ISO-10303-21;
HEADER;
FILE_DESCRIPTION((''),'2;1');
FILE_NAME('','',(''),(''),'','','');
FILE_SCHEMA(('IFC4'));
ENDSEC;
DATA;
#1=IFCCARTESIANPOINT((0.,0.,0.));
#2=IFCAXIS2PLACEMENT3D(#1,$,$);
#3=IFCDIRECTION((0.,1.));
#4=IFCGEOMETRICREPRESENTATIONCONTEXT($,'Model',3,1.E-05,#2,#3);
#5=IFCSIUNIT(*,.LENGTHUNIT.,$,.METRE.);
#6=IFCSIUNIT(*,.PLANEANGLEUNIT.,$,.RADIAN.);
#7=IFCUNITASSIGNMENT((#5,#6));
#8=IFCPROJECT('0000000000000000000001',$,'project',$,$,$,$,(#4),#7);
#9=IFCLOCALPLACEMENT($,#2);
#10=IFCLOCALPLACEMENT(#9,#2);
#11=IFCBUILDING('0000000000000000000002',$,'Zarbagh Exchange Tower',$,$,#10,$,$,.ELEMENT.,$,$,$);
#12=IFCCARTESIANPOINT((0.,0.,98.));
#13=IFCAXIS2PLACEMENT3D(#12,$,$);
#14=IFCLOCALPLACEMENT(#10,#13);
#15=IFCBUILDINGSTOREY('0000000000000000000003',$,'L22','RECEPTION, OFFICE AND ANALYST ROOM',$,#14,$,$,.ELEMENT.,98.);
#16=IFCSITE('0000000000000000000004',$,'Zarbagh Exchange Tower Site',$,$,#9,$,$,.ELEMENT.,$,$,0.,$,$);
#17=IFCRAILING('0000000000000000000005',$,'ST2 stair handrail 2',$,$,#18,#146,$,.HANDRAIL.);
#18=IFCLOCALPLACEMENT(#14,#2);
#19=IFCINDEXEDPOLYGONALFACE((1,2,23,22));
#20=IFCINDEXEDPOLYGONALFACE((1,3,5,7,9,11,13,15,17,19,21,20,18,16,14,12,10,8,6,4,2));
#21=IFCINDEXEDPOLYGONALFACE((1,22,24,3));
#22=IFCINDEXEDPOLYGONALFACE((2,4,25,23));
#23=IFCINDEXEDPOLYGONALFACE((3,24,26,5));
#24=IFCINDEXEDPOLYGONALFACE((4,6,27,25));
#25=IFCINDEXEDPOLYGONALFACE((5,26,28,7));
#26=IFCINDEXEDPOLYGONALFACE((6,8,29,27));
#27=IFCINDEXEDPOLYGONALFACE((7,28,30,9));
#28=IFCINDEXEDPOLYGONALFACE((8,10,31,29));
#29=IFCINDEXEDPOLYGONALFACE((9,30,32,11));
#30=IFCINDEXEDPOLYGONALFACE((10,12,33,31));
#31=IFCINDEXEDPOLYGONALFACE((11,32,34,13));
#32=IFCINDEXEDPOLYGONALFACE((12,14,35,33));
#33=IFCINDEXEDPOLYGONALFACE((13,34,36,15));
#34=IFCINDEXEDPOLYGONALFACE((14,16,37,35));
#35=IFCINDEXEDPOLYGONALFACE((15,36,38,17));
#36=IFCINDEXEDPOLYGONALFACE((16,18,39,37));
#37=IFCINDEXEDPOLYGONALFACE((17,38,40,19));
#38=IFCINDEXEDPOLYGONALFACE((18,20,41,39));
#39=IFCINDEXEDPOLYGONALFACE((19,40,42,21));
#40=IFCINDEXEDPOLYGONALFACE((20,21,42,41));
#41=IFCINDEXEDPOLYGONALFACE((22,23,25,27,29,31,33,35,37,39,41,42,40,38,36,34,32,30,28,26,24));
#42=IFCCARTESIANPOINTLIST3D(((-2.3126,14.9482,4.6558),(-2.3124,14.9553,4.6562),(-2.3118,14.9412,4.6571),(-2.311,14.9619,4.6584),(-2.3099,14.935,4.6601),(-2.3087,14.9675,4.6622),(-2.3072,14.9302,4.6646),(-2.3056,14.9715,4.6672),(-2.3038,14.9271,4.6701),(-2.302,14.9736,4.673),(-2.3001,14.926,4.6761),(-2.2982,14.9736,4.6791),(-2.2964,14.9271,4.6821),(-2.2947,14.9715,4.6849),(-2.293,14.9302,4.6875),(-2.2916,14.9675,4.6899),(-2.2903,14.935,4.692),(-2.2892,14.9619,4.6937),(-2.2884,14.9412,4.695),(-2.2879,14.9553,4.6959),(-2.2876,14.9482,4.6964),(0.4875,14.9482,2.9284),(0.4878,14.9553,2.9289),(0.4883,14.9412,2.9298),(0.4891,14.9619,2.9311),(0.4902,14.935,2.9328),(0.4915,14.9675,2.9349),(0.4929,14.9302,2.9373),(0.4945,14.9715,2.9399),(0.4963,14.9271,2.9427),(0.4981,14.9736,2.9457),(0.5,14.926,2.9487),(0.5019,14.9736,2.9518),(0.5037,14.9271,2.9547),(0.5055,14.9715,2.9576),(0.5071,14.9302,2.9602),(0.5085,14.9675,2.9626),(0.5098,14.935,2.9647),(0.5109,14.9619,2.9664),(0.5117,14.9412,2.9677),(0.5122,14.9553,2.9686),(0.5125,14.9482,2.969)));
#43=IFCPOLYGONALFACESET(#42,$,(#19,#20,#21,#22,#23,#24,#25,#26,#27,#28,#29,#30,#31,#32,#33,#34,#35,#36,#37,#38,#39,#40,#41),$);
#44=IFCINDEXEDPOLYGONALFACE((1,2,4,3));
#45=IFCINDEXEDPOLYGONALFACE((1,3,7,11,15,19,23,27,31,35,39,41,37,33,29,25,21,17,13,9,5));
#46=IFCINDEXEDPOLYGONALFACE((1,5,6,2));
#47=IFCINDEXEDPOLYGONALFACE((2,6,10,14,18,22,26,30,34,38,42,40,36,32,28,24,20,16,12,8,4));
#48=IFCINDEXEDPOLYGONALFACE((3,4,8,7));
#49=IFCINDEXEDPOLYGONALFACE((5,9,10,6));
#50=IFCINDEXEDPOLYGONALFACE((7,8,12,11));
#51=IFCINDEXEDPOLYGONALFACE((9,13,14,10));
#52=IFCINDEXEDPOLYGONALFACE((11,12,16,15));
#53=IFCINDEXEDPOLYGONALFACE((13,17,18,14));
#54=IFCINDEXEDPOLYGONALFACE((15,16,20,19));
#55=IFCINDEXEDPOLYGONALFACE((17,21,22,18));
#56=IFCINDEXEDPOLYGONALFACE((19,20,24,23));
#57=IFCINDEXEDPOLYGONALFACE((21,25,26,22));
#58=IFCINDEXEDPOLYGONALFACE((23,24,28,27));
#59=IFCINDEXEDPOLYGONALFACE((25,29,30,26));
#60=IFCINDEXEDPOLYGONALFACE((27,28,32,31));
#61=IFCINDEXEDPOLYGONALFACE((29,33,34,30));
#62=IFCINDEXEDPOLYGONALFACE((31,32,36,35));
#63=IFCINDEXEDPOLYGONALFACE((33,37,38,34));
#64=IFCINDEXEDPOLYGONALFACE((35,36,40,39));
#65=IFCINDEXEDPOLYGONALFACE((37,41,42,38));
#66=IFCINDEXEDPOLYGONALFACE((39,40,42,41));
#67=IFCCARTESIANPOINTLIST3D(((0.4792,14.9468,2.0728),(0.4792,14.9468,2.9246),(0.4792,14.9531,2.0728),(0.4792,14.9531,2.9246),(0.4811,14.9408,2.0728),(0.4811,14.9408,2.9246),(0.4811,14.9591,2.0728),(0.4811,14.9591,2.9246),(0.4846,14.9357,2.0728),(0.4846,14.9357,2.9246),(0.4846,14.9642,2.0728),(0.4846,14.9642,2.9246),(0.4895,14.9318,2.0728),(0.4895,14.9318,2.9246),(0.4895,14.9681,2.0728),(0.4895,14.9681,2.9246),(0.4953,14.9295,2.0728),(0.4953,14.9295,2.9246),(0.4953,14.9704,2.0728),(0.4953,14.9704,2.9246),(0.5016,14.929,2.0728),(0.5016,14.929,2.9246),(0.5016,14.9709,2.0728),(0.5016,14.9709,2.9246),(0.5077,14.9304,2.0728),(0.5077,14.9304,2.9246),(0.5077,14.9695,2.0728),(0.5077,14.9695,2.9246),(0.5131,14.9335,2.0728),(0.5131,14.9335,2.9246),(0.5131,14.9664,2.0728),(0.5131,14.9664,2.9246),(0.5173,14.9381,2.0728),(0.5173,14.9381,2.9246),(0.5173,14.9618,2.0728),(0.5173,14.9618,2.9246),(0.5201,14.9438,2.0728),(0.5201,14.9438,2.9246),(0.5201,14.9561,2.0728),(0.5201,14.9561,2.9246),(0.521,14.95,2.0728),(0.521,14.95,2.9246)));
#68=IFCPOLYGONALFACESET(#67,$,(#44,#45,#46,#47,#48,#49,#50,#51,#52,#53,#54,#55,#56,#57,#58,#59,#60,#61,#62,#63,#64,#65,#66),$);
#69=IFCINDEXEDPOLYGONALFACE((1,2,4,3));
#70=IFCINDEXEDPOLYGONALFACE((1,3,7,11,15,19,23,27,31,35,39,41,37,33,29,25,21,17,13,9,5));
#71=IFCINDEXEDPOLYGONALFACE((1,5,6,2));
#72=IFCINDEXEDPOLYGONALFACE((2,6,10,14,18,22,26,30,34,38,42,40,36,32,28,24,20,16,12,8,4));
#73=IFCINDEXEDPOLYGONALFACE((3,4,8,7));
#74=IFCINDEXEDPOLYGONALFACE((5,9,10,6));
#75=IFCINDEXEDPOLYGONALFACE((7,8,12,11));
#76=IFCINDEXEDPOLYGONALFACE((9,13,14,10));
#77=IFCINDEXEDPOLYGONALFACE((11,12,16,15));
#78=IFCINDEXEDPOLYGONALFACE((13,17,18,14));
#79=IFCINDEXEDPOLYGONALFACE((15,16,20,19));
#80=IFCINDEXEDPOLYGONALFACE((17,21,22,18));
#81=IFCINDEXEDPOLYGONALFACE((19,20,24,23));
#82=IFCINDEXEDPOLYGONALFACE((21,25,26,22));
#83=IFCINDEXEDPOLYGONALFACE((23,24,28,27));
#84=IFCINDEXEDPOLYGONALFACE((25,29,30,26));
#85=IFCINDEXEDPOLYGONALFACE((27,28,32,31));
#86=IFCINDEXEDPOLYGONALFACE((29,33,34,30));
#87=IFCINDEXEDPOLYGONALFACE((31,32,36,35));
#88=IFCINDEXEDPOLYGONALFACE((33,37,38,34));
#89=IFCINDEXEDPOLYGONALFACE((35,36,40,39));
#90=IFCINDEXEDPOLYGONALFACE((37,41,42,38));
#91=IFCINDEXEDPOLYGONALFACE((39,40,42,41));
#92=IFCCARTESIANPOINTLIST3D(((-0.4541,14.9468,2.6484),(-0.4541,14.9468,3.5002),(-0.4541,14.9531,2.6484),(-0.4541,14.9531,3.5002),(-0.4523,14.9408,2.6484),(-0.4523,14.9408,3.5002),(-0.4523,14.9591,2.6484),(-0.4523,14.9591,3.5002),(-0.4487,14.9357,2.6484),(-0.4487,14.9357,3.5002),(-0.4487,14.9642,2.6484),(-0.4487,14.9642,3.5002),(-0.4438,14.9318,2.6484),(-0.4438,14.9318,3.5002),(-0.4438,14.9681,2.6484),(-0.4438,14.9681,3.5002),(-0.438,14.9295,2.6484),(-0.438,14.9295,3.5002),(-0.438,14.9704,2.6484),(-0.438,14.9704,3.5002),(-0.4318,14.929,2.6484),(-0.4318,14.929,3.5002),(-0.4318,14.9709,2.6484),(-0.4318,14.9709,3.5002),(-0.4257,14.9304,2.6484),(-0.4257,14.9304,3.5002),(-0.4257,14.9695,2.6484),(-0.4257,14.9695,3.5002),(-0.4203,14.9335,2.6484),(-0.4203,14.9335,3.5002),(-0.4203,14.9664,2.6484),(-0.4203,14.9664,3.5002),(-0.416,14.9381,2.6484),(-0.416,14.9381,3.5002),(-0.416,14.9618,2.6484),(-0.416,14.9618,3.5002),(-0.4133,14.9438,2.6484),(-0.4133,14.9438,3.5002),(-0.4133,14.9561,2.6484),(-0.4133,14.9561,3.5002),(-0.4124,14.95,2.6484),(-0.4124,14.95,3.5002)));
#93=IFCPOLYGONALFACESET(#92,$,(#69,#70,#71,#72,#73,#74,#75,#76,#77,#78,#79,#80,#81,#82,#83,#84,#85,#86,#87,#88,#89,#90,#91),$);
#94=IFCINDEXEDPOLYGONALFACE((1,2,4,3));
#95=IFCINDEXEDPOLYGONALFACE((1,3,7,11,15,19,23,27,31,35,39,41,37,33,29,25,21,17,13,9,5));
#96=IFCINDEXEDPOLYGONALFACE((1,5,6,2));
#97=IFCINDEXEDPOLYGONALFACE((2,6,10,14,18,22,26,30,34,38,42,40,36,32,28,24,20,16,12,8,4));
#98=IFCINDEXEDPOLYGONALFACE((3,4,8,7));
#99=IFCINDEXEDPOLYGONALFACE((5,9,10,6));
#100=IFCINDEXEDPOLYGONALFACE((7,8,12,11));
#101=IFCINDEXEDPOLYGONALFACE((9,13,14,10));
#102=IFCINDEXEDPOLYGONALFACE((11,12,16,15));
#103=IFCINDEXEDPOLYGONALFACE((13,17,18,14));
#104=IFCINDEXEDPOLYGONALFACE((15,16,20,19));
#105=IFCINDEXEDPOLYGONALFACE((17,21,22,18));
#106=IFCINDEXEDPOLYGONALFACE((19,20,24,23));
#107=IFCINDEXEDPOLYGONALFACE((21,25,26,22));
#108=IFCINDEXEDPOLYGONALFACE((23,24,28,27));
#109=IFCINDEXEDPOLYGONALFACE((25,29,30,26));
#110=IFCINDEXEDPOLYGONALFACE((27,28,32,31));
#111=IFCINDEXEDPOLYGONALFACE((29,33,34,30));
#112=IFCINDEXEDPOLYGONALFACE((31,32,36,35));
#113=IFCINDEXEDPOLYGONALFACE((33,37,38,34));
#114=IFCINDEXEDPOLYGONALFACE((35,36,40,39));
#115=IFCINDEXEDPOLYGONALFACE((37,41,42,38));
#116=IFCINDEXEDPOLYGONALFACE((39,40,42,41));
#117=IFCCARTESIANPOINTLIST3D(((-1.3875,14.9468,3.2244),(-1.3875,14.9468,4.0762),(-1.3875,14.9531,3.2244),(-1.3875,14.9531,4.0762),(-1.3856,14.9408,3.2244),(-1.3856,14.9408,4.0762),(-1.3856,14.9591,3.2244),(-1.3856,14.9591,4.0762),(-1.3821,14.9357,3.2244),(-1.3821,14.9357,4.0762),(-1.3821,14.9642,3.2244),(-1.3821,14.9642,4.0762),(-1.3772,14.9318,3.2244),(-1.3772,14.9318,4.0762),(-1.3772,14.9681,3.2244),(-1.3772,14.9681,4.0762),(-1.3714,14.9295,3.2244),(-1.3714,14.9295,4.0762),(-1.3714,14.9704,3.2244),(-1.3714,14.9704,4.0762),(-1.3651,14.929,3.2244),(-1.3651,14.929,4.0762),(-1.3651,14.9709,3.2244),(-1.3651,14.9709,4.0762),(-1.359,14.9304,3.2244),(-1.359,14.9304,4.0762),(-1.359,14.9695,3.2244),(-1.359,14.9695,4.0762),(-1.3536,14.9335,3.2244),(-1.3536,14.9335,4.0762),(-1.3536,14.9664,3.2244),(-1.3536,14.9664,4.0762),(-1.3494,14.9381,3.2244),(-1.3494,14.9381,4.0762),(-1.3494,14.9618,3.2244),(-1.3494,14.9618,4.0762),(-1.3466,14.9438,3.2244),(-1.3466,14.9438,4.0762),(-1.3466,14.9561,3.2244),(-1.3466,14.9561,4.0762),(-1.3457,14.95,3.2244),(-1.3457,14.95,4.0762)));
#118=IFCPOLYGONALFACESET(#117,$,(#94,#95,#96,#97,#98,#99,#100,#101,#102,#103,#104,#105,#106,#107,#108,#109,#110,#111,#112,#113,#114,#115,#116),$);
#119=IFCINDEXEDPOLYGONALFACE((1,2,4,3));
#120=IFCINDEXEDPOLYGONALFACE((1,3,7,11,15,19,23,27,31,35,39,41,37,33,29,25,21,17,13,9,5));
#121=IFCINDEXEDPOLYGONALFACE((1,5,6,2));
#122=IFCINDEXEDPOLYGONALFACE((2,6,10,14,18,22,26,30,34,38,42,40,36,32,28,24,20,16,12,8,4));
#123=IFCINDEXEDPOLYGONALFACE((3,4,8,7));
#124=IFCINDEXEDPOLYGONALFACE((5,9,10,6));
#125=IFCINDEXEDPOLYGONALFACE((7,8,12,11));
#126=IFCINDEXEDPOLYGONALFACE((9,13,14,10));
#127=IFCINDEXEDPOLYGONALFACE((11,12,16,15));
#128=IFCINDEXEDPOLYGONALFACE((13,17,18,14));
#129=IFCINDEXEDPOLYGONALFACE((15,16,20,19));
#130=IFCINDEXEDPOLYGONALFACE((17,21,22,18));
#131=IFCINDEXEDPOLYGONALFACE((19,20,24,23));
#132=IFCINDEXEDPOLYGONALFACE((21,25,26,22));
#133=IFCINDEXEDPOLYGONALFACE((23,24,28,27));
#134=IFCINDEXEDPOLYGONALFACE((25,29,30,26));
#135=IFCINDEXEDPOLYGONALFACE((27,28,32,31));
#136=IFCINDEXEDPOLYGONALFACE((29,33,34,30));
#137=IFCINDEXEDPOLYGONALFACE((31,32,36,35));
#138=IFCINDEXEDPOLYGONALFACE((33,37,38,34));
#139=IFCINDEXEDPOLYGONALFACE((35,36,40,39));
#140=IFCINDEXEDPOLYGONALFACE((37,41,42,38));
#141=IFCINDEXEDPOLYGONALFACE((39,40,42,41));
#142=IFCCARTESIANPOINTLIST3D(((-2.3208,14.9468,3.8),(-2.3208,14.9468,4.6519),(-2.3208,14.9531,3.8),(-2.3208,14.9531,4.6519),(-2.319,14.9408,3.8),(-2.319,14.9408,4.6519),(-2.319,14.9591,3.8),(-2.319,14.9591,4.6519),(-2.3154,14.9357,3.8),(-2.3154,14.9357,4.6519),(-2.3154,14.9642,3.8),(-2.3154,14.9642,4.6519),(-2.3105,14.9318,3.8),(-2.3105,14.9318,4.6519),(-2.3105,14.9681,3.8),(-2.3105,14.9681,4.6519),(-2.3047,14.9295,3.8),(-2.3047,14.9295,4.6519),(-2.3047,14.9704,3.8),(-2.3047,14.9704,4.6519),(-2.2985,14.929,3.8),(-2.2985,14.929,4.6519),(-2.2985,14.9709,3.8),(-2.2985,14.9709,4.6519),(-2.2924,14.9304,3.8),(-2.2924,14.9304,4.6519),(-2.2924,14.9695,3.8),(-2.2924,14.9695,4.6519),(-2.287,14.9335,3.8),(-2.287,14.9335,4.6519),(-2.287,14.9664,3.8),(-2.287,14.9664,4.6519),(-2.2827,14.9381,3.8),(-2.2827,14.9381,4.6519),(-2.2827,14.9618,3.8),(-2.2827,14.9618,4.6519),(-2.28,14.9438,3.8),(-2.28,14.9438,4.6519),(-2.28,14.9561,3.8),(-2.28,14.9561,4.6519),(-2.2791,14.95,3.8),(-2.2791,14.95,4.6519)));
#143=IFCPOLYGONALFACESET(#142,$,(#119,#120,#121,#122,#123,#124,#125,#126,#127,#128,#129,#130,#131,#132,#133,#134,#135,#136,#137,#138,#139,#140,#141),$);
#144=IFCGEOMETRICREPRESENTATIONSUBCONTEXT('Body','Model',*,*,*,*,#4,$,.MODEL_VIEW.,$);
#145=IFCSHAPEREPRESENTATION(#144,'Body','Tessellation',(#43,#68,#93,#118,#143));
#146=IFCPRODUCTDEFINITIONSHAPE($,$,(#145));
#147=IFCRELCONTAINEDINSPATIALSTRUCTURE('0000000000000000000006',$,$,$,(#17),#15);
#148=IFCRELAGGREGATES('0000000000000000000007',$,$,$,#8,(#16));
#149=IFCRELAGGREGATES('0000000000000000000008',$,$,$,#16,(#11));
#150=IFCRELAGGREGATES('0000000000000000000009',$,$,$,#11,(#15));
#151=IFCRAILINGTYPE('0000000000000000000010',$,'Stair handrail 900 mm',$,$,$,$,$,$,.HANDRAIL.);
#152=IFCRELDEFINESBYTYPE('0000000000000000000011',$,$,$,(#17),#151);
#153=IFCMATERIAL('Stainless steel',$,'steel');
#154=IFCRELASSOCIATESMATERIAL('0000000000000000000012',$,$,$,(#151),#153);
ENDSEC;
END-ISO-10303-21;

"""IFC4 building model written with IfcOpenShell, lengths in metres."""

from ifc_helpers import new_model, si_unit, direction, frame, origin, origin_2d, place, context, subcontext, project, spatial, circle, extrude, material, type_object, element, save


model = new_model("IFC4")

# Units and contexts
model_context = context("Model", 3, precision=1e-05, world=origin(), true_north=direction((0.0, 1.0)))
body_context = subcontext(model_context, "Body", "Model", "MODEL_VIEW")
ifc_project = project(units=[si_unit("LENGTHUNIT", "METRE"), si_unit("PLANEANGLEUNIT", "RADIAN")], contexts=[model_context])

# Site, building, storey
site_placement = place(None, origin())
site = spatial("IfcSite", under=ifc_project, at=site_placement, Name="Zarbagh Exchange Tower Site", CompositionType="ELEMENT", RefElevation=0.0)
building_placement = place(site_placement, origin())
building = spatial("IfcBuilding", under=site, at=building_placement, Name="Zarbagh Exchange Tower", CompositionType="ELEMENT")
storey_placement = place(building_placement, frame((0.0, 0.0, 98.0)))
storey = spatial("IfcBuildingStorey", under=building, at=storey_placement, Name="L22", Description="RECEPTION, OFFICE AND ANALYST ROOM", CompositionType="ELEMENT", Elevation=98.0)

# Shared definitions
ifc_material_1 = material(Name="Stainless steel", Category="steel")

# Railing
railing_type = type_object("IfcRailingType", Name="Stair handrail 900 mm", PredefinedType="HANDRAIL", material=ifc_material_1)
for number, where, name in (
    (1, (0.5, 14.95, 2.0728), "ST2 stair handrail 2"),
):
    element("IfcRailing", number, at=place(storey_placement, frame(where)), inside=storey, type_object=railing_type, Name=name, PredefinedType="HANDRAIL", context=body_context, shape_type="SweptSolid", body=[
        extrude(circle(Radius=0.0239, at=origin_2d()), frame((0.0, 0.0, 0.876), z_axis=(-0.85109, 0.0, 0.52502), x_axis=(0.0, -1.0, 0.0)), (0.0, 0.0, 1.0), 3.29),
        extrude(circle(Radius=0.021, at=origin_2d()), origin(), (0.0, 0.0, 1.0), 0.8518),
        extrude(circle(Radius=0.021, at=origin_2d()), frame((-0.9333, 0.0, 0.5757)), (0.0, 0.0, 1.0), 0.8518),
        extrude(circle(Radius=0.021, at=origin_2d()), frame((-1.8667, 0.0, 1.1516)), (0.0, 0.0, 1.0), 0.8518),
        extrude(circle(Radius=0.021, at=origin_2d()), frame((-2.8, 0.0, 1.7273)), (0.0, 0.0, 1.0), 0.8518),
    ])

save(model, "model.ifc")
